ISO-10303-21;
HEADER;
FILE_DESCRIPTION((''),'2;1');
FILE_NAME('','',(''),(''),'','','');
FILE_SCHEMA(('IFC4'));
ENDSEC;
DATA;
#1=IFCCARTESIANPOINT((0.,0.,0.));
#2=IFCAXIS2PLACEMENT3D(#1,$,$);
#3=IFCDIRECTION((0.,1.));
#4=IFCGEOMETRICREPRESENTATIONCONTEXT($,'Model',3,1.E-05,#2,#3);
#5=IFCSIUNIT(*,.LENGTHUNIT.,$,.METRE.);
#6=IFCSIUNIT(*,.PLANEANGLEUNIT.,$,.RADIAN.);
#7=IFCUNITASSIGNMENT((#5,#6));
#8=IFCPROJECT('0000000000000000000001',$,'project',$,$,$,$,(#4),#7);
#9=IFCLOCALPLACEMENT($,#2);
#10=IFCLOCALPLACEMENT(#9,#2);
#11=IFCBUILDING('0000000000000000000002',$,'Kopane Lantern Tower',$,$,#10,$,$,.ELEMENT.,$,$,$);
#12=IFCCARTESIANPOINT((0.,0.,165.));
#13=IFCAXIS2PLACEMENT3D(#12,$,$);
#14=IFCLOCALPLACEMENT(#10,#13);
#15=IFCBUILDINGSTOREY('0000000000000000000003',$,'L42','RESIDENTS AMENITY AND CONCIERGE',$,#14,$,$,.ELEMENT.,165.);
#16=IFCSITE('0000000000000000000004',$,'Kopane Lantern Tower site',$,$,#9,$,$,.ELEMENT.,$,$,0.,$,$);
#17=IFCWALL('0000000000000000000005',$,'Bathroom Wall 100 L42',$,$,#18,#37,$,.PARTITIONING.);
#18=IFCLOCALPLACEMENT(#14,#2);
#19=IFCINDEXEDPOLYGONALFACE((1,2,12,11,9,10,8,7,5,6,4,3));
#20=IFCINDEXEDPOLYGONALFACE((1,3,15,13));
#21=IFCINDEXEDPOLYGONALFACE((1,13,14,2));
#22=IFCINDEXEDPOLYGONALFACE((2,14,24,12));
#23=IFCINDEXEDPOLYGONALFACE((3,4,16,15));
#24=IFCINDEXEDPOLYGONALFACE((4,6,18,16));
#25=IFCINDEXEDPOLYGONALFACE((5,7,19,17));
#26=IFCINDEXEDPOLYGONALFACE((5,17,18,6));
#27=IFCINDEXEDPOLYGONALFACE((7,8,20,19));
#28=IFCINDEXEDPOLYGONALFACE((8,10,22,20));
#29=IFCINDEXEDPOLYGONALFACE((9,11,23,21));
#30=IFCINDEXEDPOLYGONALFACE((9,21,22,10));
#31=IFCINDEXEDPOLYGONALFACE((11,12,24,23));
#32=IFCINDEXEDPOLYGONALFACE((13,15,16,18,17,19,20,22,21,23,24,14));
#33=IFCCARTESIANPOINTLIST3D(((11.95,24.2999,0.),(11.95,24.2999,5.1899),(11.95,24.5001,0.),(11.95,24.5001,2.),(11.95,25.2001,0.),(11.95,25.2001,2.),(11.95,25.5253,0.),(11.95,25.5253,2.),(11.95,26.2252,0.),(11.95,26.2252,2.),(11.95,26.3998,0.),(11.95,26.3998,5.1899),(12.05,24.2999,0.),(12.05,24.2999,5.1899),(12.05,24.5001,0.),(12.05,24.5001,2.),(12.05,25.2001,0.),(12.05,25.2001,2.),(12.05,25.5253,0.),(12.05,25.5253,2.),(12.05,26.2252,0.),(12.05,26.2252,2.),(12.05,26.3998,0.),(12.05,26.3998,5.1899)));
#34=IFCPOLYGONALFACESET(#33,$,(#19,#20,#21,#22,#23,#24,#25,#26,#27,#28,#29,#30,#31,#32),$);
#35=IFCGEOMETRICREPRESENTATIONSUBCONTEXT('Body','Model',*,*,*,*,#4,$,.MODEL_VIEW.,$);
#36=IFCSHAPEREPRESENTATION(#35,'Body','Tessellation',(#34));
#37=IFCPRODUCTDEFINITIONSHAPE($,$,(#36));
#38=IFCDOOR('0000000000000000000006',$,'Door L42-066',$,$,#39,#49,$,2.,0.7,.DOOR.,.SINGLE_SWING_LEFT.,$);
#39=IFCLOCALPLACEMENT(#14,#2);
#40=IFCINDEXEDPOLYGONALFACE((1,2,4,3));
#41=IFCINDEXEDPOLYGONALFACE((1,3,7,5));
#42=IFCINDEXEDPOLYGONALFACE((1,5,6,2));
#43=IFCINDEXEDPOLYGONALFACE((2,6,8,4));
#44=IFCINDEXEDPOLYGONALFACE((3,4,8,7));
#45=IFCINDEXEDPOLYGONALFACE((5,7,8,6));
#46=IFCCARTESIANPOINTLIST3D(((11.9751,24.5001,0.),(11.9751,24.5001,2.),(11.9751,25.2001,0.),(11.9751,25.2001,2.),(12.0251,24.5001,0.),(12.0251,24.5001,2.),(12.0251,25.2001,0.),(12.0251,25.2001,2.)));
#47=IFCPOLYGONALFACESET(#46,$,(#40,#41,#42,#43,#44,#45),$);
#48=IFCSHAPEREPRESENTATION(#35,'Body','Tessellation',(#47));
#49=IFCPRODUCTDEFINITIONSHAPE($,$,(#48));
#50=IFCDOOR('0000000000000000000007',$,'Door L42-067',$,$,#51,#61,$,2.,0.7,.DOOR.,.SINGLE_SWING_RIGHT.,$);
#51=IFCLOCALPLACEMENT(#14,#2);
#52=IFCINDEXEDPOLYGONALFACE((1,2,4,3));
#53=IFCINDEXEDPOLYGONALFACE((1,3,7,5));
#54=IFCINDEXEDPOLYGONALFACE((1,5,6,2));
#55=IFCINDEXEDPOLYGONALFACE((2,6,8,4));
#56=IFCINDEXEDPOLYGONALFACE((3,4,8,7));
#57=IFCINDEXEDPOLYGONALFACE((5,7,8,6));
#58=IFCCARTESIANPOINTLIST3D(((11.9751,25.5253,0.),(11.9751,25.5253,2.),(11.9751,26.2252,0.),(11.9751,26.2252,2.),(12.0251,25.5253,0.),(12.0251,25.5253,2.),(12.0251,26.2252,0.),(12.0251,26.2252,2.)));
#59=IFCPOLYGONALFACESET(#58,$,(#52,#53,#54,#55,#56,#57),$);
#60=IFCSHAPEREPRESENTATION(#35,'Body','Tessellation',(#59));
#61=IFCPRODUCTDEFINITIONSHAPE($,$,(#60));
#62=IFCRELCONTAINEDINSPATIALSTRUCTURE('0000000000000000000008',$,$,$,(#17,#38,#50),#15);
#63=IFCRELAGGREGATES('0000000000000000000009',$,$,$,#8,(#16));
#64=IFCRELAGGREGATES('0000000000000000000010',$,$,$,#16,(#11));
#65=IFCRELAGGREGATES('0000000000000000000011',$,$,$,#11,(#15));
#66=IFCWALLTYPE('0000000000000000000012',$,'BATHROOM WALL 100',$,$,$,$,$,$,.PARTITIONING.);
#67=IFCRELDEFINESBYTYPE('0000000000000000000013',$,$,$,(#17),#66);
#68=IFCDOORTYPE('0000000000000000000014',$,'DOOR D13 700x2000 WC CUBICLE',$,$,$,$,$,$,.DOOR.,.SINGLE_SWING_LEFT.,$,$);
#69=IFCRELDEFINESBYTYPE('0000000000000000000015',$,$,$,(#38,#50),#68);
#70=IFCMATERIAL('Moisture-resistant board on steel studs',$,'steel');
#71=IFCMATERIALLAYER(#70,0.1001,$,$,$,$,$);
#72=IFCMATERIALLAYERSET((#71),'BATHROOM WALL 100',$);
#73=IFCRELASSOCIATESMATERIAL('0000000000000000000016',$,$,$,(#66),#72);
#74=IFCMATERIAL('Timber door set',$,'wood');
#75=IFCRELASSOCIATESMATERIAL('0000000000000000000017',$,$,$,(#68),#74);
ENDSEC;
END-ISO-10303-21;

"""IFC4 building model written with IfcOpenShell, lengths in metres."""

from ifc_helpers import new_model, si_unit, direction, frame, frame_2d, origin, place, context, subcontext, project, spatial, rectangle, extrude, material, layer, layer_set, type_object, element, fill, save


model = new_model("IFC4")

# Units and contexts
model_context = context("Model", 3, precision=1e-05, world=origin(), true_north=direction((0.0, 1.0)))
body_context = subcontext(model_context, "Body", "Model", "MODEL_VIEW")
ifc_project = project(units=[si_unit("LENGTHUNIT", "METRE"), si_unit("PLANEANGLEUNIT", "RADIAN")], contexts=[model_context])

# Site, building, storey
site_placement = place(None, origin())
site = spatial("IfcSite", under=ifc_project, at=site_placement, Name="Kopane Lantern Tower site", CompositionType="ELEMENT", RefElevation=0.0)
building_placement = place(site_placement, origin())
building = spatial("IfcBuilding", under=site, at=building_placement, Name="Kopane Lantern Tower", CompositionType="ELEMENT")
storey_placement = place(building_placement, frame((0.0, 0.0, 165.0)))
storey = spatial("IfcBuildingStorey", under=building, at=storey_placement, Name="L42", Description="RESIDENTS AMENITY AND CONCIERGE", CompositionType="ELEMENT", Elevation=165.0)

# Wall, openings, doors
ifc_material_1 = material(Name="Moisture-resistant board on steel studs", Category="steel")
ifc_layer_1 = layer(ifc_material_1, 0.1001)
ifc_layer_set_1 = layer_set([ifc_layer_1], Name="BATHROOM WALL 100")
wall_type_1 = type_object("IfcWallType", Name="BATHROOM WALL 100", PredefinedType="PARTITIONING", material=ifc_layer_set_1)
wall_1_placement = place(storey_placement, frame((12.0, 24.3, 0.0), z_axis=(0.0, 0.0, 1.0), x_axis=(0.0, 1.0, 0.0)))
wall_1 = element("IfcWall", 1, at=wall_1_placement, inside=storey, type_object=wall_type_1, Name="Bathroom Wall 100 L42", PredefinedType="PARTITIONING", context=body_context, shape_type="SweptSolid", body=[
    extrude(rectangle(XDim=2.0999, YDim=0.1001, at=frame_2d((1.0498, 0.0))), origin(), (0.0, 0.0, 1.0), 5.1899),
])
opening_1_placement = place(wall_1_placement, frame((0.2, 0.0, 0.0)))
opening_1 = element("IfcOpeningElement", 2, at=opening_1_placement, cuts=wall_1, PredefinedType="OPENING", context=body_context, shape_type="SweptSolid", body=[
    extrude(rectangle(XDim=0.7, YDim=2.0, at=frame_2d((0.3501, 1.0))), frame((0.0, 0.0601, 0.0), z_axis=(0.0, -1.0, 0.0), x_axis=(1.0, 0.0, 0.0)), (0.0, 0.0, 1.0), 0.1201),
])
opening_2_placement = place(wall_1_placement, frame((1.2251, 0.0, 0.0)))
opening_2 = element("IfcOpeningElement", 3, at=opening_2_placement, cuts=wall_1, PredefinedType="OPENING", context=body_context, shape_type="SweptSolid", body=[
    extrude(rectangle(XDim=0.7, YDim=2.0, at=frame_2d((0.3501, 1.0))), frame((0.0, 0.0601, 0.0), z_axis=(0.0, -1.0, 0.0), x_axis=(1.0, 0.0, 0.0)), (0.0, 0.0, 1.0), 0.1201),
])
ifc_material_2 = material(Name="Timber door set", Category="wood")
door_type_1 = type_object("IfcDoorType", Name="DOOR D13 700x2000 WC CUBICLE", OperationType="SINGLE_SWING_LEFT", PredefinedType="DOOR", material=ifc_material_2)
door_1_placement = place(opening_1_placement, origin())
door_1 = element("IfcDoor", 4, at=door_1_placement, inside=storey, type_object=door_type_1, Name="Door L42-066", OperationType="SINGLE_SWING_LEFT", OverallHeight=2.0, OverallWidth=0.7, PredefinedType="DOOR", context=body_context, shape_type="SweptSolid", body=[
    extrude(rectangle(XDim=0.7, YDim=2.0, at=frame_2d((0.3501, 1.0))), frame((0.0, 0.0249, 0.0), z_axis=(0.0, -1.0, 0.0), x_axis=(1.0, 0.0, 0.0)), (0.0, 0.0, 1.0), 0.05),
])
fill(opening_1, door_1)
door_2_placement = place(opening_2_placement, origin())
door_2 = element("IfcDoor", 5, at=door_2_placement, inside=storey, type_object=door_type_1, Name="Door L42-067", OperationType="SINGLE_SWING_RIGHT", OverallHeight=2.0, OverallWidth=0.7, PredefinedType="DOOR", context=body_context, shape_type="SweptSolid", body=[
    extrude(rectangle(XDim=0.7, YDim=2.0, at=frame_2d((0.3501, 1.0))), frame((0.0, 0.0249, 0.0), z_axis=(0.0, -1.0, 0.0), x_axis=(1.0, 0.0, 0.0)), (0.0, 0.0, 1.0), 0.05),
])
fill(opening_2, door_2)

save(model, "model.ifc")
